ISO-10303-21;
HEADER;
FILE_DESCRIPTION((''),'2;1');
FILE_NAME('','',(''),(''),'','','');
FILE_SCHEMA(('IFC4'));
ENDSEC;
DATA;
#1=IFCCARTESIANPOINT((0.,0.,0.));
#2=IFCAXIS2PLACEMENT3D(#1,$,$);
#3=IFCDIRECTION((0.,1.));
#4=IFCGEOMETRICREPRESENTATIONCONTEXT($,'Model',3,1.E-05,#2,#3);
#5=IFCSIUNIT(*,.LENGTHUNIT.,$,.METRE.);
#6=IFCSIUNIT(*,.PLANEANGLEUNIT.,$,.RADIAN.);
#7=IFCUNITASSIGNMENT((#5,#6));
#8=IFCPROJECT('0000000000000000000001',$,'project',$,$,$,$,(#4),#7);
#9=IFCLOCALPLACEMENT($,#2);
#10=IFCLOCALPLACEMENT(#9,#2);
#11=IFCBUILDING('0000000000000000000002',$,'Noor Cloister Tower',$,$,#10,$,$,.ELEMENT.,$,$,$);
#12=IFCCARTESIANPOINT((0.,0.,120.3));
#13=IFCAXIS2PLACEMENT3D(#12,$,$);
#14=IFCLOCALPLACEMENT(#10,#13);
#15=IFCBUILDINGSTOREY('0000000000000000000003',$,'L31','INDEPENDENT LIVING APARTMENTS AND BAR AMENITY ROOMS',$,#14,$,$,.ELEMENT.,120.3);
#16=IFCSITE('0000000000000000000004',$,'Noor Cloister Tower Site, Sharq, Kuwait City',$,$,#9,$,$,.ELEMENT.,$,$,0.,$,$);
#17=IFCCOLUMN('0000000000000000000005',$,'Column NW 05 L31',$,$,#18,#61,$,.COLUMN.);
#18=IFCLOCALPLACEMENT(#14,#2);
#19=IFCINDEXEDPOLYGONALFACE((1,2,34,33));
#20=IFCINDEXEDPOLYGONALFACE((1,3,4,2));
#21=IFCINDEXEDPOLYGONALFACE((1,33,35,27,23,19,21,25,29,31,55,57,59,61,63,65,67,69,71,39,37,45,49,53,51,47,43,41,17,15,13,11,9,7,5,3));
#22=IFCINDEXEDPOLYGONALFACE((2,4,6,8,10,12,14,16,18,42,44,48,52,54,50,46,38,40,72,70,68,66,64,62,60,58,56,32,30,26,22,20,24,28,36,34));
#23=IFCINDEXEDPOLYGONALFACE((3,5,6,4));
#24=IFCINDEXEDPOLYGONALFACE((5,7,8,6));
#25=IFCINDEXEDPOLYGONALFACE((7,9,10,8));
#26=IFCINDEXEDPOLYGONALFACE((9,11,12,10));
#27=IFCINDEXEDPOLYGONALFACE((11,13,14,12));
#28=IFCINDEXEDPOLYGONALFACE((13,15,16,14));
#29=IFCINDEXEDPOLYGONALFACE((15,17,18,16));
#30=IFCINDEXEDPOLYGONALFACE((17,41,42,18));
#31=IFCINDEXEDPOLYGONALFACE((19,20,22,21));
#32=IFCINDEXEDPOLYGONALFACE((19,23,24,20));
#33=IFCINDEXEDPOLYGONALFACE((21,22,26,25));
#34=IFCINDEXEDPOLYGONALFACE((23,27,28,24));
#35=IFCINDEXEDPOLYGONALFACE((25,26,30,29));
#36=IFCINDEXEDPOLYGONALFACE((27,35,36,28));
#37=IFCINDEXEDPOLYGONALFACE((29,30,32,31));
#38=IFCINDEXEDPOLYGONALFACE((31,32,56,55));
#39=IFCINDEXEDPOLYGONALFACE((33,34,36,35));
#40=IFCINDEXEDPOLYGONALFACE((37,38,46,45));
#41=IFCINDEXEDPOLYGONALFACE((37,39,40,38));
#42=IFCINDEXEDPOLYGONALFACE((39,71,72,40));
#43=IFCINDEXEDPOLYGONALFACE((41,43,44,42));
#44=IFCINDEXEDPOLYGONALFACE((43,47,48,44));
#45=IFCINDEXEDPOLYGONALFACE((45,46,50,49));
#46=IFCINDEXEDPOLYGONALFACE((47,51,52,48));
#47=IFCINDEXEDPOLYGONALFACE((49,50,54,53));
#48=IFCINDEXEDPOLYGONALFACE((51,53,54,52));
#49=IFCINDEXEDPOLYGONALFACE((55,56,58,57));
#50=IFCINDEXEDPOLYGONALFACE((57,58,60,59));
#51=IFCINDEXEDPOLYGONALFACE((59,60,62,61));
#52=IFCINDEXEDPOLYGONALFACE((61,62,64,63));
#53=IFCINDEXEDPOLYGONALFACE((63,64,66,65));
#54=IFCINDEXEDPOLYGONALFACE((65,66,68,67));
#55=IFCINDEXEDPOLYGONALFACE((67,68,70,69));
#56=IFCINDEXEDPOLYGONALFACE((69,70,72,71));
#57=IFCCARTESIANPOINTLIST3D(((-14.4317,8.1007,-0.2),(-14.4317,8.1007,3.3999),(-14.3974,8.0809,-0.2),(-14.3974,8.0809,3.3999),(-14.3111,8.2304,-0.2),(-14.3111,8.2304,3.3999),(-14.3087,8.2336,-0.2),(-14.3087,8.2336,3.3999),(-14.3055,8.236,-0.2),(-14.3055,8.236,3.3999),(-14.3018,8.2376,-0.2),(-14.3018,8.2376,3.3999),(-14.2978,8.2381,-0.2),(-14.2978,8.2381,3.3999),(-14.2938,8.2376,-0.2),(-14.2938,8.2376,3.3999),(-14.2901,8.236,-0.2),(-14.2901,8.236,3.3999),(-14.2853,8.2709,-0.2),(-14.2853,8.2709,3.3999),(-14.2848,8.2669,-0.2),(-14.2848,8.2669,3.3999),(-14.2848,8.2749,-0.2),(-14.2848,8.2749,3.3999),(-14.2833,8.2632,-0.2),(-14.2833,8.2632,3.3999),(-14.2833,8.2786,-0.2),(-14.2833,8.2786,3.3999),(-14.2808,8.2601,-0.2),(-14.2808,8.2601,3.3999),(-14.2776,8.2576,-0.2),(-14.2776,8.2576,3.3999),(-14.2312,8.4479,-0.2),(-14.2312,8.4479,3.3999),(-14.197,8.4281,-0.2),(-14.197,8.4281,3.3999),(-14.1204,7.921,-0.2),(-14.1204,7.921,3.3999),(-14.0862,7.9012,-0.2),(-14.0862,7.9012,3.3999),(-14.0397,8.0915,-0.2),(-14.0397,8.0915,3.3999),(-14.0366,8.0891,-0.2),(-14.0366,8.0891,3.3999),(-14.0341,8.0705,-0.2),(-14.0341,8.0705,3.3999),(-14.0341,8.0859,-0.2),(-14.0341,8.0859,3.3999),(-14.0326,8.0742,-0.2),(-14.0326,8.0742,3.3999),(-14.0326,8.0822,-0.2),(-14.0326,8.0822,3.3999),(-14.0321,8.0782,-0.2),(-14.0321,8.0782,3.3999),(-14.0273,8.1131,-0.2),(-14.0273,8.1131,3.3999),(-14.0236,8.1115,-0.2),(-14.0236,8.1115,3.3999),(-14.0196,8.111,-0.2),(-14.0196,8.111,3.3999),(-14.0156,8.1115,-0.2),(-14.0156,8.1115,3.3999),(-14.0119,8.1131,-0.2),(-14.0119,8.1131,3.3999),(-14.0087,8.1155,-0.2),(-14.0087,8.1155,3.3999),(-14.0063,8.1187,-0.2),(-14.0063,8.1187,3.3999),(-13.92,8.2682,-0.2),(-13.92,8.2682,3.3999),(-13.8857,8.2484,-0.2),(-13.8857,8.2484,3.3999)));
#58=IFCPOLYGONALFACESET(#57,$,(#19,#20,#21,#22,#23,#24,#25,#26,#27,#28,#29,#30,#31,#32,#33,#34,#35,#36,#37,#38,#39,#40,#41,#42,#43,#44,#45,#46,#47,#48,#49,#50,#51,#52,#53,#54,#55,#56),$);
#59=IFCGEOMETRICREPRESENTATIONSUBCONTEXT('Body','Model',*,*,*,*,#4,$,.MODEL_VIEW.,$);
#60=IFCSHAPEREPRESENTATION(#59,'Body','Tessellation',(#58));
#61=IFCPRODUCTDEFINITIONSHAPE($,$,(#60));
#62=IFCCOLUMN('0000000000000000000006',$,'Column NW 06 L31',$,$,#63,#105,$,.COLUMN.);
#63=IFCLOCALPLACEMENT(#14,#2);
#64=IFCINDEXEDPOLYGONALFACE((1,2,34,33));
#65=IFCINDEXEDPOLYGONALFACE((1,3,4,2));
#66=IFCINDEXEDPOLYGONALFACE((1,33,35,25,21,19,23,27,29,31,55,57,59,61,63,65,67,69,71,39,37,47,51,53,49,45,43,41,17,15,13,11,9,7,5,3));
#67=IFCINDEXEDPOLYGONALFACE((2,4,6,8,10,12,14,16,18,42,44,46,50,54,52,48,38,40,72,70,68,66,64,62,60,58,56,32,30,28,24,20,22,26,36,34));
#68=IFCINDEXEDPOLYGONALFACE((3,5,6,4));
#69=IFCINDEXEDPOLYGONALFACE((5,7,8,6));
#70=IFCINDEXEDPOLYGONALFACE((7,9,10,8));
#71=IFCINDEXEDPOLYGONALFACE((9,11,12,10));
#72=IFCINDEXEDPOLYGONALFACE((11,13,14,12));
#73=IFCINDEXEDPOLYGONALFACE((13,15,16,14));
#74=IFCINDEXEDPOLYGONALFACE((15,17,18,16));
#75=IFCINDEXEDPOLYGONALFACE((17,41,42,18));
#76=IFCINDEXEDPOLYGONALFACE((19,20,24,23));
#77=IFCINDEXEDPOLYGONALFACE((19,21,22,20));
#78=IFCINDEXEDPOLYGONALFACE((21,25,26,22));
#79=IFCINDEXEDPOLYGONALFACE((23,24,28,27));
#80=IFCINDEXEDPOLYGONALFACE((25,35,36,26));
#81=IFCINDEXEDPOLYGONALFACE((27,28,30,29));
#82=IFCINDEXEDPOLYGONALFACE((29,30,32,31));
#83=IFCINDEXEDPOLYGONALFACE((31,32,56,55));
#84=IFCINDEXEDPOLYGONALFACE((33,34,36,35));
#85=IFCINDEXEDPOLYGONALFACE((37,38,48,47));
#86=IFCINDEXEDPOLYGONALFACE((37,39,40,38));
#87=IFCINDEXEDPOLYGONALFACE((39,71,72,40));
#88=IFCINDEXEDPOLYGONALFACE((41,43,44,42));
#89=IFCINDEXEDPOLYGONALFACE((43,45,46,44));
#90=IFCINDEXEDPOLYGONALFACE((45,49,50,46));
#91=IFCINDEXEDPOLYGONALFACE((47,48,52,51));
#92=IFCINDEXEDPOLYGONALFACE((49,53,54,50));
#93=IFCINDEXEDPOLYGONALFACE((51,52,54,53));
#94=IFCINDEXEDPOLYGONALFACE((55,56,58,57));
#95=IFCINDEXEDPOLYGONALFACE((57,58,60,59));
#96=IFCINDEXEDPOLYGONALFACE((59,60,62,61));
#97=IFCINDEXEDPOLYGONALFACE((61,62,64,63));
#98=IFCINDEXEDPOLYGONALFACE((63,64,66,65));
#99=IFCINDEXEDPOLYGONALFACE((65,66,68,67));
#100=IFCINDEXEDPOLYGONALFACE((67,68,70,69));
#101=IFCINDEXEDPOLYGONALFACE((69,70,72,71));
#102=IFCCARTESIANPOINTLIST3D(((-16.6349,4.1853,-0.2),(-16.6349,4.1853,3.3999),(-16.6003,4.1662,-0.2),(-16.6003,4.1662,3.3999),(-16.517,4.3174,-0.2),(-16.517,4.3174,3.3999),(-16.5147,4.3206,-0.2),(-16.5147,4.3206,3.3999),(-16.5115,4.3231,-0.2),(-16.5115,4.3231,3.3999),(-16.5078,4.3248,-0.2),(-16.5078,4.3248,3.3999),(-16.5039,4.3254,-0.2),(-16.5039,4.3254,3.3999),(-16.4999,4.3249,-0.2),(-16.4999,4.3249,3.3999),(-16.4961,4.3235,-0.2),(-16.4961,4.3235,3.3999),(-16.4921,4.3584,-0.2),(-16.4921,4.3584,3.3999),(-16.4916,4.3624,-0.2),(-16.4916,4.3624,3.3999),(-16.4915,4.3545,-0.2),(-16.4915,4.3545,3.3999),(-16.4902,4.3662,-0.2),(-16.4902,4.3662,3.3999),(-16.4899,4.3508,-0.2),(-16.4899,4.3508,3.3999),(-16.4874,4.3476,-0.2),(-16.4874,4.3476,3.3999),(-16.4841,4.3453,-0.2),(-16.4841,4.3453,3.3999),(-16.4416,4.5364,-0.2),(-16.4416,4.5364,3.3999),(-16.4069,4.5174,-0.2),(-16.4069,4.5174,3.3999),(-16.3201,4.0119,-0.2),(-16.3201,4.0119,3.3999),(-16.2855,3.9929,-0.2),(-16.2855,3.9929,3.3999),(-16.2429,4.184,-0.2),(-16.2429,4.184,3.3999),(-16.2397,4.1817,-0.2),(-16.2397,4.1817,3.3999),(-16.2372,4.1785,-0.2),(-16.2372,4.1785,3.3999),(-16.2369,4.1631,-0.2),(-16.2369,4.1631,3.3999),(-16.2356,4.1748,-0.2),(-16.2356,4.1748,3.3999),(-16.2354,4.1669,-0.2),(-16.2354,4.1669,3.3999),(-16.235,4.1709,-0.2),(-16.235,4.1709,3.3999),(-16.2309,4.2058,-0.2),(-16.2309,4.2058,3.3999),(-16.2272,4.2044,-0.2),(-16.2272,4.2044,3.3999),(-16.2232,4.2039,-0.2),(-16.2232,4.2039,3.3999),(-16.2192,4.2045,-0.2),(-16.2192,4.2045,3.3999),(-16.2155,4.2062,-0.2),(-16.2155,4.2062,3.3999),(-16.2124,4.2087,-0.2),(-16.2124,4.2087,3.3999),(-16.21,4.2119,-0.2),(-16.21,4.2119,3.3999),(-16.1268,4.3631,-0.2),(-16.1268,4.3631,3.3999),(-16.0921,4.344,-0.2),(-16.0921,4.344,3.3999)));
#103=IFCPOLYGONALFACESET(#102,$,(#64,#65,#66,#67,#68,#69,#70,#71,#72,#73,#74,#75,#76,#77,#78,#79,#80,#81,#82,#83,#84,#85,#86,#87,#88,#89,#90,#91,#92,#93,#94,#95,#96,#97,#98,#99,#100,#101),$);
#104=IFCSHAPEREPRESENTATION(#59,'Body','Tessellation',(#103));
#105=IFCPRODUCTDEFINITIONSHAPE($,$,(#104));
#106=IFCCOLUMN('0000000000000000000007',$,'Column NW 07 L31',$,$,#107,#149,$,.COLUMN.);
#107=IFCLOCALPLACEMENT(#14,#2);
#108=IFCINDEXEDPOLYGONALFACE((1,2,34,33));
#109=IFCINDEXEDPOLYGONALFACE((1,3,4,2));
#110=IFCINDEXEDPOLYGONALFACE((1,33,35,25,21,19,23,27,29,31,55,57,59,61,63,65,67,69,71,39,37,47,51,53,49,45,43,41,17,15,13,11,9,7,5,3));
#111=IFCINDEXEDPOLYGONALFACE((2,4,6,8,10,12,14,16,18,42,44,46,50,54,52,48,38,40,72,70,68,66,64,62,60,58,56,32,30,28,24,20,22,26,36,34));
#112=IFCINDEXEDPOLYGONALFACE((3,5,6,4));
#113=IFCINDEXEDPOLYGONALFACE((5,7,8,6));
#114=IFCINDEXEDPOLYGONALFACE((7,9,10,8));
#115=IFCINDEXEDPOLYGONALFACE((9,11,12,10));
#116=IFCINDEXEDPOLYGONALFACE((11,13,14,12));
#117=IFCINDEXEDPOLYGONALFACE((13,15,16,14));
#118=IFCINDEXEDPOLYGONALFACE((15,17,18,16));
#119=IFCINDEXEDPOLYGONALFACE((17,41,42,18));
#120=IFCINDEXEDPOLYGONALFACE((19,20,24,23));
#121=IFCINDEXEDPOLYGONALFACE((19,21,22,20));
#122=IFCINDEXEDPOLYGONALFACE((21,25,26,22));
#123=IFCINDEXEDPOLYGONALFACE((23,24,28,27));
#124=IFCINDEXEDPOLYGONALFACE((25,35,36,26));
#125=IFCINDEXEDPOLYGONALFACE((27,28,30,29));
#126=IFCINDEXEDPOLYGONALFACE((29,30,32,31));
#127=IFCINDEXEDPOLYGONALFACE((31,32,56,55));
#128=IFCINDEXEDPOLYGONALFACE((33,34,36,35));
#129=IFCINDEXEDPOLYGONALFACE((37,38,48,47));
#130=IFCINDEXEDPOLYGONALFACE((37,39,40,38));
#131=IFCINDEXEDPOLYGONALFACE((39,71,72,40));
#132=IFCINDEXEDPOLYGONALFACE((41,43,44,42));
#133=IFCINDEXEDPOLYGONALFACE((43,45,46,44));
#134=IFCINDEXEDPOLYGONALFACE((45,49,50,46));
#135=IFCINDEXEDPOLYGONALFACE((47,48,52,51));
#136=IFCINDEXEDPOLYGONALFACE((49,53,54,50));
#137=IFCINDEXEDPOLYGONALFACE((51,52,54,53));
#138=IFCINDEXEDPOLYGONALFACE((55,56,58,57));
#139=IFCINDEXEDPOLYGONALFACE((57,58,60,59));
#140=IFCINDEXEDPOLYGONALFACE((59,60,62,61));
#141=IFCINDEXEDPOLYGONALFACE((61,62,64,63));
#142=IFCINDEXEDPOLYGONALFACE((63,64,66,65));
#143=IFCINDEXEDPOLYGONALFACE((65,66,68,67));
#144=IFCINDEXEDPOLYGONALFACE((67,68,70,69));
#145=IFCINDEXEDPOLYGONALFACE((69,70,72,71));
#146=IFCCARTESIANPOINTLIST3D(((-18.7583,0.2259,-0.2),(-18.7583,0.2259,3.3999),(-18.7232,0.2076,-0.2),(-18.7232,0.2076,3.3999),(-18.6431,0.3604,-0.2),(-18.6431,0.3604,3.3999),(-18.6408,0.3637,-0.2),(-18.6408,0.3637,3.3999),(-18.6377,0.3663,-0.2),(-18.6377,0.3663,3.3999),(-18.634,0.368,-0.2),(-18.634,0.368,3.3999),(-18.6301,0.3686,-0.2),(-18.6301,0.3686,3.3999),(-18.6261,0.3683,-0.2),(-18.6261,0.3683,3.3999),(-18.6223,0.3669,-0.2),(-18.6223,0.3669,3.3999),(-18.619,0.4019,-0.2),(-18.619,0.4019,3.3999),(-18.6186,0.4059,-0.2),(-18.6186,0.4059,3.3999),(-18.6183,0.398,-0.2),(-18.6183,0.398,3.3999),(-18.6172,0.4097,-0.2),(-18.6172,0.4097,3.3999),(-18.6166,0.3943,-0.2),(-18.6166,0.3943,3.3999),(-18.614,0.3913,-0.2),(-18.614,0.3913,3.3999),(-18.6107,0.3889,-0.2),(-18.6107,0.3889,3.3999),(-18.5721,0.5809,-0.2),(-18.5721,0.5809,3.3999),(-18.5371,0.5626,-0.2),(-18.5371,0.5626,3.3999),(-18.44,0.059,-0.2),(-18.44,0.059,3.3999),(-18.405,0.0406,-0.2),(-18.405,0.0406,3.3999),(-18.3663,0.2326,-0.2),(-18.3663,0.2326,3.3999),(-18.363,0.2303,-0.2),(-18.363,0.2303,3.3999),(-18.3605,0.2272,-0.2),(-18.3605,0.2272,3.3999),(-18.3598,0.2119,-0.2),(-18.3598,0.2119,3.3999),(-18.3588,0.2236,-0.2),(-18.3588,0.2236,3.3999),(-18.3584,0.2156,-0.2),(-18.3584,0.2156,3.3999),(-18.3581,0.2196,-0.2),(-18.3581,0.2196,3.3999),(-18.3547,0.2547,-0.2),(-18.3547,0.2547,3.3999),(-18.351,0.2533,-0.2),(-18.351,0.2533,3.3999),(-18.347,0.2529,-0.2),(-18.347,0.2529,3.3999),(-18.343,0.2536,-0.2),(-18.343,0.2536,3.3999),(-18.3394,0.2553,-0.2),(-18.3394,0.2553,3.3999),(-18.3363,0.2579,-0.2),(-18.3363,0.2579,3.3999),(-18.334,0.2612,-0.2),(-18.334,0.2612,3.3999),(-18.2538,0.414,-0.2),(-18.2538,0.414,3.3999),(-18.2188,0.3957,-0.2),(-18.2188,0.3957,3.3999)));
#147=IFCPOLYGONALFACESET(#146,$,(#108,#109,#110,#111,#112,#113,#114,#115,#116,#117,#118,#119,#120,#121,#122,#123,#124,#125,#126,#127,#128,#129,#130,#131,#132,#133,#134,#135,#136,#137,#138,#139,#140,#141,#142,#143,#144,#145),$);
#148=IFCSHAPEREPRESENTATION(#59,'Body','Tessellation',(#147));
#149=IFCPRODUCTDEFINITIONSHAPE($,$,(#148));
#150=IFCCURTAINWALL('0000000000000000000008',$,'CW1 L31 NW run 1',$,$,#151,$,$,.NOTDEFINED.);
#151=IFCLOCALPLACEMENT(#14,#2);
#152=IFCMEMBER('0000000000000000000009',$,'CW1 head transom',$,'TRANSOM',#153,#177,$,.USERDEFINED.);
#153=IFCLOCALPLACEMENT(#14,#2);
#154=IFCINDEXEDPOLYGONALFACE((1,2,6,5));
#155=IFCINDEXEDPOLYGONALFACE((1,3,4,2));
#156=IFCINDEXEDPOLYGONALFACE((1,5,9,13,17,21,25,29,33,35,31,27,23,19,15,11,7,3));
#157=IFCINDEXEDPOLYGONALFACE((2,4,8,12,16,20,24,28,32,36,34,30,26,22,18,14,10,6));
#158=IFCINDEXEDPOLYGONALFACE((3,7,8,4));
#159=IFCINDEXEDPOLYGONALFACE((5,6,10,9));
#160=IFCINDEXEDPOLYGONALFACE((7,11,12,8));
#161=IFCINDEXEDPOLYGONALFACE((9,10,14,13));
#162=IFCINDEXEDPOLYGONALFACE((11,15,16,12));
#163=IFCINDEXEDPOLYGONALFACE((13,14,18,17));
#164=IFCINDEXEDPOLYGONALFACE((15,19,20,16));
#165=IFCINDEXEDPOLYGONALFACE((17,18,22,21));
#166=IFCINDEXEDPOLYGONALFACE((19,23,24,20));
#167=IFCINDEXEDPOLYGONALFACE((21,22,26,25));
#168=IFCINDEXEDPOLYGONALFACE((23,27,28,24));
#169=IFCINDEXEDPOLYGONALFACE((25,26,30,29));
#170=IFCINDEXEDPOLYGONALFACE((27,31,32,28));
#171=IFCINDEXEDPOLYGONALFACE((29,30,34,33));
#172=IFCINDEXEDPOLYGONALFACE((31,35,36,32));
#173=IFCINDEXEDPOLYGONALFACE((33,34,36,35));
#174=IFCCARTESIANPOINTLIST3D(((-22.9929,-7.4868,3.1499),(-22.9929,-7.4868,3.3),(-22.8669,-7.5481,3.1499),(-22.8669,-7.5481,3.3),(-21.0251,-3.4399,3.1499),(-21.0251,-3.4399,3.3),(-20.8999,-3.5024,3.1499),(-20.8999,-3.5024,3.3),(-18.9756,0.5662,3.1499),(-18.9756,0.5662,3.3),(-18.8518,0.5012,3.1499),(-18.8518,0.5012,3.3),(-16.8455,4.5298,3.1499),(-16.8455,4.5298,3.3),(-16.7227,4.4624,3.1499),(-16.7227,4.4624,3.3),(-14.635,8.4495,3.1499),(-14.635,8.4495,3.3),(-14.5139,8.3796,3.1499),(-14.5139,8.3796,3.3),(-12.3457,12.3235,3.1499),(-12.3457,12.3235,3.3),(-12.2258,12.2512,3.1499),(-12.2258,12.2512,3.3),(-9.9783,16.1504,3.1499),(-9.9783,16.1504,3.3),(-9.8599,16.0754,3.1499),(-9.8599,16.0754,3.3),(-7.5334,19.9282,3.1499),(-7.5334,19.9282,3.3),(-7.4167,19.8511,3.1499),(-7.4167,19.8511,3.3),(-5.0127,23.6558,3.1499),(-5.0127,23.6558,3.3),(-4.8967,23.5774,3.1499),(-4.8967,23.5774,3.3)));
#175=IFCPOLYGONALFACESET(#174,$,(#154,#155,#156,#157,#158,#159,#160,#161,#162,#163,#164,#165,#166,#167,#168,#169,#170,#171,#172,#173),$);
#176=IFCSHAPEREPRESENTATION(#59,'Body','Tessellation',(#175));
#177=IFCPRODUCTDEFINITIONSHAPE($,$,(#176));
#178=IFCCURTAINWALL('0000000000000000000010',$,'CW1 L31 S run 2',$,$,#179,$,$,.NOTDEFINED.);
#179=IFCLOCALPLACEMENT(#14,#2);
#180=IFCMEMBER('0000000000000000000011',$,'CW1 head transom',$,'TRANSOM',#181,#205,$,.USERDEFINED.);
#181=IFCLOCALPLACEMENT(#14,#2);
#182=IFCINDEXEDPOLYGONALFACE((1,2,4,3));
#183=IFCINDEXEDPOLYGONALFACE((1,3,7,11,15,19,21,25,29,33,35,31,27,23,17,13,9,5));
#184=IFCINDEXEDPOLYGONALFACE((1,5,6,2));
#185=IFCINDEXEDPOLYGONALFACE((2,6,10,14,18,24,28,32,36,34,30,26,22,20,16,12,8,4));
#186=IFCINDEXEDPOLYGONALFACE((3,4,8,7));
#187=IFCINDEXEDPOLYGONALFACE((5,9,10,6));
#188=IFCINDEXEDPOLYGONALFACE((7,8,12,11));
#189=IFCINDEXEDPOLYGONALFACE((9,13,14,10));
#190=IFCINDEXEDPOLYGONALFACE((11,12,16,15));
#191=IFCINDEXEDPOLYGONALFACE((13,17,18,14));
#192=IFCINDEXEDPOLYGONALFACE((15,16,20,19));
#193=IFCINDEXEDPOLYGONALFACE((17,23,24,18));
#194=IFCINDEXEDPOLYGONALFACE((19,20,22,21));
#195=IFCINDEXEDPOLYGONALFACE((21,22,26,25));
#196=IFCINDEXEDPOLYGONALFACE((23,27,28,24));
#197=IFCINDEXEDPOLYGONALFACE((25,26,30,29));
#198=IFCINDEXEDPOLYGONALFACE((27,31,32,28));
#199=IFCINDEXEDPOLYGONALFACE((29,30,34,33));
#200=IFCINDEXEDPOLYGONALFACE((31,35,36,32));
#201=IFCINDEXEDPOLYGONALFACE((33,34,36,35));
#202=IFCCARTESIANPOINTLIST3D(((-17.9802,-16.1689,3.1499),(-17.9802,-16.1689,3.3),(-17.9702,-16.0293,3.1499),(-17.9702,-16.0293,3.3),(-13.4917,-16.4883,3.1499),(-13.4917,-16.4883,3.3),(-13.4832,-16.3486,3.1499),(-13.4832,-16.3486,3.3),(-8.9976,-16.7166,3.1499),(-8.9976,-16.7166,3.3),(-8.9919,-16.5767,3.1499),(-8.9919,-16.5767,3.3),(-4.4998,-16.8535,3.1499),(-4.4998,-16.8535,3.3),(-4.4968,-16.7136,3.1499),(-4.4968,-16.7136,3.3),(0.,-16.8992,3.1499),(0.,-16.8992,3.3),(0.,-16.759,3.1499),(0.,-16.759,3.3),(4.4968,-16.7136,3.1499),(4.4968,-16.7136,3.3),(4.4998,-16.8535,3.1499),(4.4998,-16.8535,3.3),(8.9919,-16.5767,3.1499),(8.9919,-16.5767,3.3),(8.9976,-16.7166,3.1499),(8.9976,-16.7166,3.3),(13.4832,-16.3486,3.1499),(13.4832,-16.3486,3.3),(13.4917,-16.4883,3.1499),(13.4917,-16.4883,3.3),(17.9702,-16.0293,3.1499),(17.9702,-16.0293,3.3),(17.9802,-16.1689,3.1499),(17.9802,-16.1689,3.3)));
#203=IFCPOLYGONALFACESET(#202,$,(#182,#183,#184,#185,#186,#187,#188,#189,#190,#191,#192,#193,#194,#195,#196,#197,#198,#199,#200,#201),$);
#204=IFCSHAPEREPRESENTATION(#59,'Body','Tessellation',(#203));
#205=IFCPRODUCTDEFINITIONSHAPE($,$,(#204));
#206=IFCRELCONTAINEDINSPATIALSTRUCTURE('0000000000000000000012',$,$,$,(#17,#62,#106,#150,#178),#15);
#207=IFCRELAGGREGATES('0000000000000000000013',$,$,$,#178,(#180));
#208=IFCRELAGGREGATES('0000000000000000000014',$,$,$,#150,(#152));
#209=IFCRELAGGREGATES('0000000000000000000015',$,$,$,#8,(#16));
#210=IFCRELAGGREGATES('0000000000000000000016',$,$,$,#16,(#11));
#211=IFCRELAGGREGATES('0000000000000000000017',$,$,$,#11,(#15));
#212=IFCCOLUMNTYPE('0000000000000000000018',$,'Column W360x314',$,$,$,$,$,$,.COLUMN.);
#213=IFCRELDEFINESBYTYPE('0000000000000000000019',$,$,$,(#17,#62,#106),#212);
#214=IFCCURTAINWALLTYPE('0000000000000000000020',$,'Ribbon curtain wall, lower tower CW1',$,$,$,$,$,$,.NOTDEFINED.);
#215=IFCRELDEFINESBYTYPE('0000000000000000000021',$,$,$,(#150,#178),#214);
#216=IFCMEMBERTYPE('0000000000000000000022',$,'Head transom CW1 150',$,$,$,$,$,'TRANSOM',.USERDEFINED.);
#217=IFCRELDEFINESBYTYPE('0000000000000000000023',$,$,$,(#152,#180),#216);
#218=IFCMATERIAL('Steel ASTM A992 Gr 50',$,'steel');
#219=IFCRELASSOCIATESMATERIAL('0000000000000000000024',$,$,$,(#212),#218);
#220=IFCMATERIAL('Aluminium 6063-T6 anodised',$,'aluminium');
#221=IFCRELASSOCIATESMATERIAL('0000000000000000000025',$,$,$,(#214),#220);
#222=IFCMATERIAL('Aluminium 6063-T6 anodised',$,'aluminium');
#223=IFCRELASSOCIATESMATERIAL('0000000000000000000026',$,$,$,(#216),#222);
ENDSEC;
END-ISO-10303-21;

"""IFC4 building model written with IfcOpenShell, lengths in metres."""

from ifc_helpers import new_model, si_unit, direction, frame, origin, origin_2d, place, context, subcontext, project, spatial, polyline, i_section, outline, extrude, material, material_profile, profile_set, type_object, element, aggregate, save


model = new_model("IFC4")

# Units and contexts
model_context = context("Model", 3, precision=1e-05, world=origin(), true_north=direction((0.0, 1.0)))
body_context = subcontext(model_context, "Body", "Model", "MODEL_VIEW")
ifc_project = project(units=[si_unit("LENGTHUNIT", "METRE"), si_unit("PLANEANGLEUNIT", "RADIAN")], contexts=[model_context])

# Site, building, storey
site_placement = place(None, origin())
site = spatial("IfcSite", under=ifc_project, at=site_placement, Name="Noor Cloister Tower Site, Sharq, Kuwait City", CompositionType="ELEMENT", RefElevation=0.0)
building_placement = place(site_placement, origin())
building = spatial("IfcBuilding", under=site, at=building_placement, Name="Noor Cloister Tower", CompositionType="ELEMENT")
storey_placement = place(building_placement, frame((0.0, 0.0, 120.3)))
storey = spatial("IfcBuildingStorey", under=building, at=storey_placement, Name="L31", Description="INDEPENDENT LIVING APARTMENTS AND BAR AMENITY ROOMS", CompositionType="ELEMENT", Elevation=120.3)

# Columns
ifc_material_1 = material(Name="Steel ASTM A992 Gr 50", Category="steel")
ifc_material_profile_1 = material_profile(ifc_material_1, i_section(OverallWidth=0.4009, OverallDepth=0.3989, WebThickness=0.0249, FlangeThickness=0.0396, FilletRadius=0.0154, at=origin_2d()), Name="W360x314")
ifc_profile_set_1 = profile_set([ifc_material_profile_1], Name="Steel ASTM A992 Gr 50")
column_type = type_object("IfcColumnType", Name="Column W360x314", PredefinedType="COLUMN", material=ifc_profile_set_1)
for number, where, z_axis, x_axis, name in (
    (1, (-14.1587, 8.1746, -0.2), (0.0, 0.0, 1.0), (-0.5, -0.866025, 0.0), "Column NW 05 L31"),
    (2, (-16.3635, 4.2646, -0.2), (0.0, 0.0, 1.0), (-0.482322, -0.875994, 0.0), "Column NW 06 L31"),
    (3, (-18.4885, 0.3108, -0.2), (0.0, 0.0, 1.0), (-0.464446, -0.885601, 0.0), "Column NW 07 L31"),
):
    element("IfcColumn", number, at=place(storey_placement, frame(where, z_axis=z_axis, x_axis=x_axis)), inside=storey, type_object=column_type, Name=name, PredefinedType="COLUMN", context=body_context, shape_type="SweptSolid", body=[
        extrude(i_section(OverallWidth=0.4009, OverallDepth=0.3989, WebThickness=0.0249, FlangeThickness=0.0396, FilletRadius=0.0154, at=origin_2d()), origin(), (0.0, 0.0, 1.0), 3.5999),
    ])

# Curtain walls, members
ifc_material_2 = material(Name="Aluminium 6063-T6 anodised", Category="aluminium")
curtain_wall_type = type_object("IfcCurtainWallType", Name="Ribbon curtain wall, lower tower CW1", PredefinedType="NOTDEFINED", material=ifc_material_2)
curtain_wall_1_placement = place(storey_placement, origin())
curtain_wall_1 = element("IfcCurtainWall", 4, at=curtain_wall_1_placement, inside=storey, type_object=curtain_wall_type, Name="CW1 L31 NW run 1", PredefinedType="NOTDEFINED")
ifc_material_3 = material(Name="Aluminium 6063-T6 anodised", Category="aluminium")
member_type_1 = type_object("IfcMemberType", Name="Head transom CW1 150", ElementType="TRANSOM", PredefinedType="USERDEFINED", material=ifc_material_3)
member_1_placement = place(storey_placement, frame((0.0, 0.0, 3.1499)))
member_1 = element("IfcMember", 5, at=member_1_placement, type_object=member_type_1, Name="CW1 head transom", ObjectType="TRANSOM", PredefinedType="USERDEFINED", context=body_context, shape_type="SweptSolid", body=[
    extrude(outline(polyline([(-5.0127, 23.6558), (-7.5334, 19.9282), (-9.9783, 16.1504), (-12.3457, 12.3235), (-14.635, 8.4495), (-16.8455, 4.5298), (-18.9756, 0.5662), (-21.0251, -3.4399), (-22.9929, -7.4868), (-22.8669, -7.5481), (-20.8999, -3.5024), (-18.8518, 0.5012), (-16.7227, 4.4624), (-14.5139, 8.3796), (-12.2258, 12.2512), (-9.8599, 16.0754), (-7.4167, 19.8511), (-4.8967, 23.5774), (-5.0127, 23.6558)])), origin(), (0.0, 0.0, 1.0), 0.1501),
])
curtain_wall_2_placement = place(storey_placement, origin())
curtain_wall_2 = element("IfcCurtainWall", 6, at=curtain_wall_2_placement, inside=storey, type_object=curtain_wall_type, Name="CW1 L31 S run 2", PredefinedType="NOTDEFINED")
member_2_placement = place(storey_placement, frame((0.0, 0.0, 3.1499)))
member_2 = element("IfcMember", 7, at=member_2_placement, type_object=member_type_1, Name="CW1 head transom", ObjectType="TRANSOM", PredefinedType="USERDEFINED", context=body_context, shape_type="SweptSolid", body=[
    extrude(outline(polyline([(-17.9802, -16.1689), (-13.4917, -16.4883), (-8.9976, -16.7166), (-4.4998, -16.8535), (0.0, -16.8992), (4.4998, -16.8535), (8.9976, -16.7166), (13.4917, -16.4883), (17.9802, -16.1689), (17.9702, -16.0293), (13.4832, -16.3486), (8.9919, -16.5767), (4.4968, -16.7136), (0.0, -16.759), (-4.4968, -16.7136), (-8.9919, -16.5767), (-13.4832, -16.3486), (-17.9702, -16.0293), (-17.9802, -16.1689)])), origin(), (0.0, 0.0, 1.0), 0.1501),
])

aggregate(curtain_wall_2, [member_2])

aggregate(curtain_wall_1, [member_1])

save(model, "model.ifc")
